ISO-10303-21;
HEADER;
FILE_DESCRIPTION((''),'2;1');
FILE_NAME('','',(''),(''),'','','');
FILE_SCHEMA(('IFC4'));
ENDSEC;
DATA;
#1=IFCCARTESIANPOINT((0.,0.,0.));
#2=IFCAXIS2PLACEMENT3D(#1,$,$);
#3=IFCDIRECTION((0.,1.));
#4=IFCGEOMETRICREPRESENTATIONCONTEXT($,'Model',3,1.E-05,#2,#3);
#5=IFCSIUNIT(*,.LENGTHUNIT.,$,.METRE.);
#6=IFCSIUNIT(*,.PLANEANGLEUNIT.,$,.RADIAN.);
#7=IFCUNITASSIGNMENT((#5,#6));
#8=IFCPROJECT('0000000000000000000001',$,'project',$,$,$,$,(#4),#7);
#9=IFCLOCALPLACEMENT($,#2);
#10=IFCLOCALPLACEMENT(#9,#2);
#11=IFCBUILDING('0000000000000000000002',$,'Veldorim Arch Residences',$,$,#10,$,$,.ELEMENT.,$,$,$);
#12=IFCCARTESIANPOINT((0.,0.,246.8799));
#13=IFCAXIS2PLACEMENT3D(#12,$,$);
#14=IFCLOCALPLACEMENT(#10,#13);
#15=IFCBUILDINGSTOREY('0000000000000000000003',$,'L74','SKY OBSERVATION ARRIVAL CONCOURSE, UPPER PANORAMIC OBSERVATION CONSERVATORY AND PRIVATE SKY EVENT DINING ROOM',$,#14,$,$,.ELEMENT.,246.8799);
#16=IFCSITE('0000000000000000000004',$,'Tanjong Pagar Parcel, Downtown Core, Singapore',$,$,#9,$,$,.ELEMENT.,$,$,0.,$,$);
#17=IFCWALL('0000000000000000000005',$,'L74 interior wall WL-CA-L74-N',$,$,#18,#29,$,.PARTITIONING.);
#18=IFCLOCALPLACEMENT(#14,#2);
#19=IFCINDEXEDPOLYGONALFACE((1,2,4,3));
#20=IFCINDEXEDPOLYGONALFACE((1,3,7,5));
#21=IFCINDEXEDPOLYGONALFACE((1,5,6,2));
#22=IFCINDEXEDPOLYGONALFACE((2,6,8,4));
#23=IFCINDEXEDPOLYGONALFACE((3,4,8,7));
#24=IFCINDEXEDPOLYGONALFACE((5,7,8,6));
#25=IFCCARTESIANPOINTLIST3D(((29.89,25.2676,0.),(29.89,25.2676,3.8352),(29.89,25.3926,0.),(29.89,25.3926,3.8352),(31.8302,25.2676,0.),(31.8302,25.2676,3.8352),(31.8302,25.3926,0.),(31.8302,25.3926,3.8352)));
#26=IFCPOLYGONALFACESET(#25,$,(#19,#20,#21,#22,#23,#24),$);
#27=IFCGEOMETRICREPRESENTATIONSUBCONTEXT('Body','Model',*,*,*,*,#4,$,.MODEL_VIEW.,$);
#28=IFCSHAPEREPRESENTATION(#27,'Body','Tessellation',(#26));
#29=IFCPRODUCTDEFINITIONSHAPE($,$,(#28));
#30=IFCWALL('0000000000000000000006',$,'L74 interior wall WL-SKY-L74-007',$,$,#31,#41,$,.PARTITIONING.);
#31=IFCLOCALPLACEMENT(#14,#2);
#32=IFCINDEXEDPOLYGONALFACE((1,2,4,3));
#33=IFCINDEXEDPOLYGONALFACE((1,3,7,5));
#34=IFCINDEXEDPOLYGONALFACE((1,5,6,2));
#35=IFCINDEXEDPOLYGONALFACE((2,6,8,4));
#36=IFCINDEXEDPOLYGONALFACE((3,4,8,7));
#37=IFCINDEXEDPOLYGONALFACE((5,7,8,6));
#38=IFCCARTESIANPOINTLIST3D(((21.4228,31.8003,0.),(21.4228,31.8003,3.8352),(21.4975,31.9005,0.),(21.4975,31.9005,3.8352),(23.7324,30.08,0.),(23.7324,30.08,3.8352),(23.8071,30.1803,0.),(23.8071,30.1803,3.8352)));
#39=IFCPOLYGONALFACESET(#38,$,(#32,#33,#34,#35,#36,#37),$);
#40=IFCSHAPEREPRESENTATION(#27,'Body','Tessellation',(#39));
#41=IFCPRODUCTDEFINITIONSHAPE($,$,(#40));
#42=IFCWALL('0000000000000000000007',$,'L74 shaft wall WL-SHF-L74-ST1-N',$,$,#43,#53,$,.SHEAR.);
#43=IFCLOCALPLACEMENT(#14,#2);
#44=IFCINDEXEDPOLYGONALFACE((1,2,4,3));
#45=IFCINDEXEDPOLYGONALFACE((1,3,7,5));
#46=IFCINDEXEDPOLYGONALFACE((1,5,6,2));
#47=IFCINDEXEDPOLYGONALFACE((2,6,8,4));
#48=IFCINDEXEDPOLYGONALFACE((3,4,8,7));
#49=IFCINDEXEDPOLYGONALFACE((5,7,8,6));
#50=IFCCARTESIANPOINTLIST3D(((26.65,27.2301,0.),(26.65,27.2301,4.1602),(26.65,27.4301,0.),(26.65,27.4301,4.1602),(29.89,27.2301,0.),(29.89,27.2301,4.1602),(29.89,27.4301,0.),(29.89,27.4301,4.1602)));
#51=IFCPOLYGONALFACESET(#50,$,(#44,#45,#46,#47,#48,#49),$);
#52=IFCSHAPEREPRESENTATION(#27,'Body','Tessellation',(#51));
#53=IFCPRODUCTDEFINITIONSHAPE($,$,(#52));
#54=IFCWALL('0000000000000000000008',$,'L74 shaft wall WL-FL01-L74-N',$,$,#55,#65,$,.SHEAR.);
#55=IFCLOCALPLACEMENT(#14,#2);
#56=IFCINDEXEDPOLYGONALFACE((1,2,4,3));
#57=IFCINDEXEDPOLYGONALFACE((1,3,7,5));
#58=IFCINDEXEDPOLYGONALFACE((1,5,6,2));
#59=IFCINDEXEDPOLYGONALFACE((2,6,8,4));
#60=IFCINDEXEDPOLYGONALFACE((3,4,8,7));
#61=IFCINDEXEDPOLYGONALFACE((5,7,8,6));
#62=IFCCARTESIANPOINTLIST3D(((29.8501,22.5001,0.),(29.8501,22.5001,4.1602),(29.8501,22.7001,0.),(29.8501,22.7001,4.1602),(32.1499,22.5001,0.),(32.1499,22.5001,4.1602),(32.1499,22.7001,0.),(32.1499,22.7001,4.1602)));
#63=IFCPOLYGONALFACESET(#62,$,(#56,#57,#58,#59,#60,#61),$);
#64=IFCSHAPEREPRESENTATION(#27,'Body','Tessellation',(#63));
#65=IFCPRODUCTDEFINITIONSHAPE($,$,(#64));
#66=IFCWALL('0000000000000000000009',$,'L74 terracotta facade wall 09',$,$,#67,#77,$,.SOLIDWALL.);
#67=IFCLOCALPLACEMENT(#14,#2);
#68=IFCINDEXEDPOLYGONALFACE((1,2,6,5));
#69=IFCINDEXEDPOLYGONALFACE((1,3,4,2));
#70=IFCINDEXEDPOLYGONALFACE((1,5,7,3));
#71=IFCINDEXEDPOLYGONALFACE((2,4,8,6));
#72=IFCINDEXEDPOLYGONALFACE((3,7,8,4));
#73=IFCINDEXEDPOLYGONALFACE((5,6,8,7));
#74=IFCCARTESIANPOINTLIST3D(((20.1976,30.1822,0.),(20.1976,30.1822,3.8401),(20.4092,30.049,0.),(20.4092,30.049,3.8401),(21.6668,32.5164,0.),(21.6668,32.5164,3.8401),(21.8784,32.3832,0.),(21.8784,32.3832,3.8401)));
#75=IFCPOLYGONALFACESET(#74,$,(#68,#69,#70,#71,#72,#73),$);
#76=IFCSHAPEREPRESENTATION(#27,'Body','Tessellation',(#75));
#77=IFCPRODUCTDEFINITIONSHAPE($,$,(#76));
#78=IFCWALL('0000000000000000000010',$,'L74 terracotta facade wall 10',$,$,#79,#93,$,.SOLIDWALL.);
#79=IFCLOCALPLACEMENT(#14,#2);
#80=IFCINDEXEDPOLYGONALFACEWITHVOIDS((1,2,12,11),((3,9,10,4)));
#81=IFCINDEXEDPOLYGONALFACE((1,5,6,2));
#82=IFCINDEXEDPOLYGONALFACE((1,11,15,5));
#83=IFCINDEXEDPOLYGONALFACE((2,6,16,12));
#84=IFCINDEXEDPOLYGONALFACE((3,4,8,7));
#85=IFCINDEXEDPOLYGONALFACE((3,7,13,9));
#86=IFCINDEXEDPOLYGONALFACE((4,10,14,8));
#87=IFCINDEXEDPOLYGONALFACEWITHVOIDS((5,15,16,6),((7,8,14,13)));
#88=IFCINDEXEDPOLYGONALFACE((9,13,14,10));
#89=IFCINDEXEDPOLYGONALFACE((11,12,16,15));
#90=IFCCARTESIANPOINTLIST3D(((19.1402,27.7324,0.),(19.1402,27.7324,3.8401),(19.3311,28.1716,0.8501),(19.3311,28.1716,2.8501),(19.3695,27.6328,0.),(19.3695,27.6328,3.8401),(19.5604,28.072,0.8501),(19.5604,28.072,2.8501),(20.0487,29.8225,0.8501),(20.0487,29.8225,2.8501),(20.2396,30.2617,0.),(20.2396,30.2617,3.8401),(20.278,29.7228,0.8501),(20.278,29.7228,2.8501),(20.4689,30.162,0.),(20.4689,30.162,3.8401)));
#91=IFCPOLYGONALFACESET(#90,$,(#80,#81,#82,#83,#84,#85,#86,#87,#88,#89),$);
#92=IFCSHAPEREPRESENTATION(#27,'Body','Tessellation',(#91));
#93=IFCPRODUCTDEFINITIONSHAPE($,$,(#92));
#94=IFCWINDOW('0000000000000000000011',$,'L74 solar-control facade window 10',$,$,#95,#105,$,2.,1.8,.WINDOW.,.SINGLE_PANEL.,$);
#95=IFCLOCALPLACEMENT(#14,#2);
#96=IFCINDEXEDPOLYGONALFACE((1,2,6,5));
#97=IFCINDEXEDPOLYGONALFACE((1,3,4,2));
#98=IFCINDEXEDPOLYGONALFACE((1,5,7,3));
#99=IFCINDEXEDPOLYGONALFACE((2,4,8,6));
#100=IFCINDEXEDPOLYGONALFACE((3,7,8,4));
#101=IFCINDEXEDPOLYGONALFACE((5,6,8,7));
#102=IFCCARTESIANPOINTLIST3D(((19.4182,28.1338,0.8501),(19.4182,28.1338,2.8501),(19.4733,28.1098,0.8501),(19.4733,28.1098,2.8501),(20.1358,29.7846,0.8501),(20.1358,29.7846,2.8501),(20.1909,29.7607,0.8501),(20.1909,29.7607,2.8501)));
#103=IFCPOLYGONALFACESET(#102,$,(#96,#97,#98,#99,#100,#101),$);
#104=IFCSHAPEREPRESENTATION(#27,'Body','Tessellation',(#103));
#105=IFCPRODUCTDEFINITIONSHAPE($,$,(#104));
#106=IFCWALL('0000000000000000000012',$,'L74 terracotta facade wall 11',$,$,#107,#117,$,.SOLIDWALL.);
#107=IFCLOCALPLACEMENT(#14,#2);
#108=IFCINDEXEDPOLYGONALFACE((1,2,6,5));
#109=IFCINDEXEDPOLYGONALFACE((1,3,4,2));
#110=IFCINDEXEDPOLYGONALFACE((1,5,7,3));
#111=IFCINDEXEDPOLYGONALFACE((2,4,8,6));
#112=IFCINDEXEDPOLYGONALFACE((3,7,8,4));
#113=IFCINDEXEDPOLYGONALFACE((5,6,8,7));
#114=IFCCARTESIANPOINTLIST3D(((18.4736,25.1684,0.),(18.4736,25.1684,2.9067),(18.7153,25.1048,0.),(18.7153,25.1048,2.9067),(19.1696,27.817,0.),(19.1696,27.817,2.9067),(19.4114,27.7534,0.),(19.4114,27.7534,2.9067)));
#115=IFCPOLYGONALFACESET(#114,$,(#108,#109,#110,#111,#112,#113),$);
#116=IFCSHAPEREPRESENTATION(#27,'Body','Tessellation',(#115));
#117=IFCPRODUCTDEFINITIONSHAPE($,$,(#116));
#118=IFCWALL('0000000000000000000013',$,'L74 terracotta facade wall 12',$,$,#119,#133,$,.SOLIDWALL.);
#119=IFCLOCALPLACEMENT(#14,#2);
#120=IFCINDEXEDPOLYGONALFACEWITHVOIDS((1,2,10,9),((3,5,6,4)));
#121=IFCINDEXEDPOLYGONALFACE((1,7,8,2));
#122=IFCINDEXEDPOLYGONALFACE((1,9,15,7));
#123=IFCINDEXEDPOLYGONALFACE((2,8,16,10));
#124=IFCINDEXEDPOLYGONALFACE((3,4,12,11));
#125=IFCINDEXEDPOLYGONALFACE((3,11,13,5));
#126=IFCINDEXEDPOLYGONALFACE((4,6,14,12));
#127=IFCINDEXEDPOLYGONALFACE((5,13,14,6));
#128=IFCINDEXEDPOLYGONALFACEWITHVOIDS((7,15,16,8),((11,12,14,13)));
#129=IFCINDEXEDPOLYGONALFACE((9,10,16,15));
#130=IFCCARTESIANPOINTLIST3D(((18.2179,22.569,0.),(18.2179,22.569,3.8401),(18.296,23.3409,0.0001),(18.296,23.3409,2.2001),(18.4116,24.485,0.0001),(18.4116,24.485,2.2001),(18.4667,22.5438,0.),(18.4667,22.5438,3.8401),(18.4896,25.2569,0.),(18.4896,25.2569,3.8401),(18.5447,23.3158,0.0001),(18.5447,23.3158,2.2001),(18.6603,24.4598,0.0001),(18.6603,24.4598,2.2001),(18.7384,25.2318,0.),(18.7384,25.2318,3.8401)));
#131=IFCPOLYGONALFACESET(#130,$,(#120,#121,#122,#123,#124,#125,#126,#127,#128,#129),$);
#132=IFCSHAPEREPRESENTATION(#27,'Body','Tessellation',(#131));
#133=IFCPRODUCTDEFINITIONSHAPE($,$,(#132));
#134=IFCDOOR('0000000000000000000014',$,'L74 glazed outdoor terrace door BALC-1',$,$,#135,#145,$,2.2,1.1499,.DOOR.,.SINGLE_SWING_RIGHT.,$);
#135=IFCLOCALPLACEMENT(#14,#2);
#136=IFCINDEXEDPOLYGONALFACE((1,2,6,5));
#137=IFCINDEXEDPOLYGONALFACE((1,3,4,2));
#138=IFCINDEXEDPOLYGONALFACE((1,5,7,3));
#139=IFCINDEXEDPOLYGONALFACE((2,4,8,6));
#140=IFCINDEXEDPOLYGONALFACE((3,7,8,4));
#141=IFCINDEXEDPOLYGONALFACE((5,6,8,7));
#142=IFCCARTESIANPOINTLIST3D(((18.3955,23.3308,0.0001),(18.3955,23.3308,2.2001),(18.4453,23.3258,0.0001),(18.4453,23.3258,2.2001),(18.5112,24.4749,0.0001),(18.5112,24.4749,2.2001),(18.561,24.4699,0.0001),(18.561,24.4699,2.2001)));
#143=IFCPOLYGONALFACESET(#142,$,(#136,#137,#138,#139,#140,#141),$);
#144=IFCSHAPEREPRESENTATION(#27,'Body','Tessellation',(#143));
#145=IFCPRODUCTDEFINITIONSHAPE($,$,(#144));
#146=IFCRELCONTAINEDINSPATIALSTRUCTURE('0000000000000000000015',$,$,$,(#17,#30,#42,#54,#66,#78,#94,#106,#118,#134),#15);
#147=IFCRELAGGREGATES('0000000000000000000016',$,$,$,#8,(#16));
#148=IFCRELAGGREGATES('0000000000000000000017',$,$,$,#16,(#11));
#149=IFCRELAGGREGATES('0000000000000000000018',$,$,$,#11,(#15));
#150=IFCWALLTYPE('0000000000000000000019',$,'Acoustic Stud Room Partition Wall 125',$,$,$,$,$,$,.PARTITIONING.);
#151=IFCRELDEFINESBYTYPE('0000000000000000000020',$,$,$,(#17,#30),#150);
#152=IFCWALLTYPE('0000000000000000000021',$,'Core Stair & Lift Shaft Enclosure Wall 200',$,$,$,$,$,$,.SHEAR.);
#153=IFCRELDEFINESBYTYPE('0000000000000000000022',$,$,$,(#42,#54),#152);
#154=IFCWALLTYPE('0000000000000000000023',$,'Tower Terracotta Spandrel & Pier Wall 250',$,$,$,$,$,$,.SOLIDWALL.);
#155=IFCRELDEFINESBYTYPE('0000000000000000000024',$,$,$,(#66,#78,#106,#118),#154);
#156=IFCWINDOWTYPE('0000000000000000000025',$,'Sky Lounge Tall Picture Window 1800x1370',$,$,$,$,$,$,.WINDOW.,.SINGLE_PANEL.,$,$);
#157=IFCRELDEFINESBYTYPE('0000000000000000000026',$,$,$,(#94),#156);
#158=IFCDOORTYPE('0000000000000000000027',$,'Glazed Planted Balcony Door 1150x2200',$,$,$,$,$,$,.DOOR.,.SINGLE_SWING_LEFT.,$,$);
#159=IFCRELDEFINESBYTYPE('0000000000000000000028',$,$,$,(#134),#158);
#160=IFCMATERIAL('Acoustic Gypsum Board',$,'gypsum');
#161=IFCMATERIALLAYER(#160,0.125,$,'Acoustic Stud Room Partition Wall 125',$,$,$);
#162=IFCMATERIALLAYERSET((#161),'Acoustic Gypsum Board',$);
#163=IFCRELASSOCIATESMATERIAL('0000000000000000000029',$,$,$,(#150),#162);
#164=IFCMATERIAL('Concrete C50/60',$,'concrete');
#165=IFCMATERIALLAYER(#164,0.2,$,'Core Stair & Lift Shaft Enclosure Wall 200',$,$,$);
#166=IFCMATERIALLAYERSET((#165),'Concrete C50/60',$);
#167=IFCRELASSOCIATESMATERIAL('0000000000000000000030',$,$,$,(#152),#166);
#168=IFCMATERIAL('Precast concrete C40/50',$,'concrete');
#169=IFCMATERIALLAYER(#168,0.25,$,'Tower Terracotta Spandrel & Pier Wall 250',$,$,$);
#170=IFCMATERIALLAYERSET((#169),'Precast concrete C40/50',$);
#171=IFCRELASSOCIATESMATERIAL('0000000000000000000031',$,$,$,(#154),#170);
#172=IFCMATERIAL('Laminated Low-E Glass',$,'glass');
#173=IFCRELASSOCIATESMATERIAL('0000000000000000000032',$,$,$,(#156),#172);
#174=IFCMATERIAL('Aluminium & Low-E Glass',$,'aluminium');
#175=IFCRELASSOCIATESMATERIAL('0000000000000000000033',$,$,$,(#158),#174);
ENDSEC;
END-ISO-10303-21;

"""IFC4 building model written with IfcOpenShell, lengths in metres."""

from ifc_helpers import new_model, si_unit, direction, frame, frame_2d, origin, place, context, subcontext, project, spatial, rectangle, extrude, material, layer, layer_set, type_object, element, fill, save


model = new_model("IFC4")

# Units and contexts
model_context = context("Model", 3, precision=1e-05, world=origin(), true_north=direction((0.0, 1.0)))
body_context = subcontext(model_context, "Body", "Model", "MODEL_VIEW")
ifc_project = project(units=[si_unit("LENGTHUNIT", "METRE"), si_unit("PLANEANGLEUNIT", "RADIAN")], contexts=[model_context])

# Site, building, storey
site_placement = place(None, origin())
site = spatial("IfcSite", under=ifc_project, at=site_placement, Name="Tanjong Pagar Parcel, Downtown Core, Singapore", CompositionType="ELEMENT", RefElevation=0.0)
building_placement = place(site_placement, origin())
building = spatial("IfcBuilding", under=site, at=building_placement, Name="Veldorim Arch Residences", CompositionType="ELEMENT")
storey_placement = place(building_placement, frame((0.0, 0.0, 246.8799)))
storey = spatial("IfcBuildingStorey", under=building, at=storey_placement, Name="L74", Description="SKY OBSERVATION ARRIVAL CONCOURSE, UPPER PANORAMIC OBSERVATION CONSERVATORY AND PRIVATE SKY EVENT DINING ROOM", CompositionType="ELEMENT", Elevation=246.8799)

# Walls
ifc_material_1 = material(Name="Acoustic Gypsum Board", Category="gypsum")
ifc_layer_1 = layer(ifc_material_1, 0.125, Name="Acoustic Stud Room Partition Wall 125")
ifc_layer_set_1 = layer_set([ifc_layer_1], Name="Acoustic Gypsum Board")
wall_type_1 = type_object("IfcWallType", Name="Acoustic Stud Room Partition Wall 125", PredefinedType="PARTITIONING", material=ifc_layer_set_1)
wall_1_placement = place(storey_placement, frame((29.8899, 25.3301, 0.0), z_axis=(0.0, 0.0, 1.0), x_axis=(1.0, 0.0, 0.0)))
element("IfcWall", 1, at=wall_1_placement, inside=storey, type_object=wall_type_1, Name="L74 interior wall WL-CA-L74-N", PredefinedType="PARTITIONING", context=body_context, shape_type="SweptSolid", body=[
    extrude(rectangle(XDim=1.9402, YDim=0.125, at=frame_2d((0.9702, 0.0))), origin(), (0.0, 0.0, 1.0), 3.8352),
])
wall_2_placement = place(storey_placement, frame((23.7698, 30.1301, 0.0), z_axis=(0.0, 0.0, 1.0), x_axis=(-0.80199, 0.597338, 0.0)))
element("IfcWall", 2, at=wall_2_placement, inside=storey, type_object=wall_type_1, Name="L74 interior wall WL-SKY-L74-007", PredefinedType="PARTITIONING", context=body_context, shape_type="SweptSolid", body=[
    extrude(rectangle(XDim=2.8799, YDim=0.125, at=frame_2d((1.4399, 0.0))), origin(), (0.0, 0.0, 1.0), 3.8352),
])
ifc_material_2 = material(Name="Concrete C50/60", Category="concrete")
ifc_layer_2 = layer(ifc_material_2, 0.2, Name="Core Stair & Lift Shaft Enclosure Wall 200")
ifc_layer_set_2 = layer_set([ifc_layer_2], Name="Concrete C50/60")
wall_type_2 = type_object("IfcWallType", Name="Core Stair & Lift Shaft Enclosure Wall 200", PredefinedType="SHEAR", material=ifc_layer_set_2)
wall_3_placement = place(storey_placement, frame((26.6499, 27.3301, 0.0), z_axis=(0.0, 0.0, 1.0), x_axis=(1.0, 0.0, 0.0)))
element("IfcWall", 3, at=wall_3_placement, inside=storey, type_object=wall_type_2, Name="L74 shaft wall WL-SHF-L74-ST1-N", PredefinedType="SHEAR", context=body_context, shape_type="SweptSolid", body=[
    extrude(rectangle(XDim=3.24, YDim=0.2, at=frame_2d((1.6201, 0.0))), origin(), (0.0, 0.0, 1.0), 4.1602),
])
wall_4_placement = place(storey_placement, frame((29.8501, 22.6001, 0.0), z_axis=(0.0, 0.0, 1.0), x_axis=(1.0, 0.0, 0.0)))
element("IfcWall", 4, at=wall_4_placement, inside=storey, type_object=wall_type_2, Name="L74 shaft wall WL-FL01-L74-N", PredefinedType="SHEAR", context=body_context, shape_type="SweptSolid", body=[
    extrude(rectangle(XDim=2.2998, YDim=0.2, at=frame_2d((1.1499, 0.0))), origin(), (0.0, 0.0, 1.0), 4.1602),
])
ifc_material_3 = material(Name="Precast concrete C40/50", Category="concrete")
ifc_layer_3 = layer(ifc_material_3, 0.25, Name="Tower Terracotta Spandrel & Pier Wall 250")
ifc_layer_set_3 = layer_set([ifc_layer_3], Name="Precast concrete C40/50")
wall_type_3 = type_object("IfcWallType", Name="Tower Terracotta Spandrel & Pier Wall 250", PredefinedType="SOLIDWALL", material=ifc_layer_set_3)
wall_5_placement = place(storey_placement, frame((20.3035, 30.1157, 0.0), z_axis=(0.0, 0.0, 1.0), x_axis=(0.532694, 0.846308, 0.0)))
element("IfcWall", 5, at=wall_5_placement, inside=storey, type_object=wall_type_3, Name="L74 terracotta facade wall 09", PredefinedType="SOLIDWALL", context=body_context, shape_type="SweptSolid", body=[
    extrude(rectangle(XDim=2.7581, YDim=0.25, at=frame_2d((1.3789, 0.0))), origin(), (0.0, 0.0, 1.0), 3.8401),
])

# Wall, opening, window
wall_6_placement = place(storey_placement, frame((19.2549, 27.6826, 0.0), z_axis=(0.0, 0.0, 1.0), x_axis=(0.398626, 0.917114, 0.0)))
wall_6 = element("IfcWall", 6, at=wall_6_placement, inside=storey, type_object=wall_type_3, Name="L74 terracotta facade wall 10", PredefinedType="SOLIDWALL", context=body_context, shape_type="SweptSolid", body=[
    extrude(rectangle(XDim=2.7578, YDim=0.25, at=frame_2d((1.3789, 0.0))), origin(), (0.0, 0.0, 1.0), 3.8401),
])
opening_1_placement = place(wall_6_placement, frame((0.479, 0.0, 0.8501)))
opening_1 = element("IfcOpeningElement", 7, at=opening_1_placement, cuts=wall_6, PredefinedType="OPENING", context=body_context, shape_type="SweptSolid", body=[
    extrude(rectangle(XDim=1.8, YDim=2.0, at=frame_2d((0.8999, 1.0))), frame((0.0, 0.135, 0.0), z_axis=(0.0, -1.0, 0.0), x_axis=(1.0, 0.0, 0.0)), (0.0, 0.0, 1.0), 0.27),
])
ifc_material_4 = material(Name="Laminated Low-E Glass", Category="glass")
window_type = type_object("IfcWindowType", Name="Sky Lounge Tall Picture Window 1800x1370", PartitioningType="SINGLE_PANEL", PredefinedType="WINDOW", material=ifc_material_4)
window_placement = place(opening_1_placement, origin())
window = element("IfcWindow", 8, at=window_placement, inside=storey, type_object=window_type, Name="L74 solar-control facade window 10", OverallHeight=2.0, OverallWidth=1.8, PartitioningType="SINGLE_PANEL", PredefinedType="WINDOW", context=body_context, shape_type="SweptSolid", body=[
    extrude(rectangle(XDim=1.8, YDim=2.0, at=frame_2d((0.8999, 1.0))), frame((0.0, 0.03, 0.0), z_axis=(0.0, -1.0, 0.0), x_axis=(1.0, 0.0, 0.0)), (0.0, 0.0, 1.0), 0.0601),
])
fill(opening_1, window)

# Wall
wall_7_placement = place(storey_placement, frame((18.5945, 25.1367, 0.0), z_axis=(0.0, 0.0, 1.0), x_axis=(0.25416, 0.967162, 0.0)))
element("IfcWall", 9, at=wall_7_placement, inside=storey, type_object=wall_type_3, Name="L74 terracotta facade wall 11", PredefinedType="SOLIDWALL", context=body_context, shape_type="SweptSolid", body=[
    extrude(rectangle(XDim=2.7385, YDim=0.25, at=frame_2d((1.3691, 0.0))), origin(), (0.0, 0.0, 1.0), 2.9067),
])

# Wall, opening, door
wall_8_placement = place(storey_placement, frame((18.3423, 22.5564, 0.0), z_axis=(0.0, 0.0, 1.0), x_axis=(0.100577, 0.994929, 0.0)))
wall_8 = element("IfcWall", 10, at=wall_8_placement, inside=storey, type_object=wall_type_3, Name="L74 terracotta facade wall 12", PredefinedType="SOLIDWALL", context=body_context, shape_type="SweptSolid", body=[
    extrude(rectangle(XDim=2.7017, YDim=0.25, at=frame_2d((1.3508, 0.0))), origin(), (0.0, 0.0, 1.0), 3.8401),
])
opening_2_placement = place(wall_8_placement, frame((0.7759, 0.0, 0.0)))
opening_2 = element("IfcOpeningElement", 11, at=opening_2_placement, cuts=wall_8, PredefinedType="OPENING", context=body_context, shape_type="SweptSolid", body=[
    extrude(rectangle(XDim=1.1499, YDim=2.2, at=frame_2d((0.575, 1.1001))), frame((0.0, 0.135, 0.0), z_axis=(0.0, -1.0, 0.0), x_axis=(1.0, 0.0, 0.0)), (0.0, 0.0, 1.0), 0.27),
])
ifc_material_5 = material(Name="Aluminium & Low-E Glass", Category="aluminium")
door_type = type_object("IfcDoorType", Name="Glazed Planted Balcony Door 1150x2200", OperationType="SINGLE_SWING_LEFT", PredefinedType="DOOR", material=ifc_material_5)
door_placement = place(opening_2_placement, origin())
door = element("IfcDoor", 12, at=door_placement, inside=storey, type_object=door_type, Name="L74 glazed outdoor terrace door BALC-1", OperationType="SINGLE_SWING_RIGHT", OverallHeight=2.2, OverallWidth=1.1499, PredefinedType="DOOR", context=body_context, shape_type="SweptSolid", body=[
    extrude(rectangle(XDim=1.1499, YDim=2.2, at=frame_2d((0.575, 1.1001))), frame((0.0, 0.0249, 0.0), z_axis=(0.0, -1.0, 0.0), x_axis=(1.0, 0.0, 0.0)), (0.0, 0.0, 1.0), 0.05),
])
fill(opening_2, door)

save(model, "model.ifc")
